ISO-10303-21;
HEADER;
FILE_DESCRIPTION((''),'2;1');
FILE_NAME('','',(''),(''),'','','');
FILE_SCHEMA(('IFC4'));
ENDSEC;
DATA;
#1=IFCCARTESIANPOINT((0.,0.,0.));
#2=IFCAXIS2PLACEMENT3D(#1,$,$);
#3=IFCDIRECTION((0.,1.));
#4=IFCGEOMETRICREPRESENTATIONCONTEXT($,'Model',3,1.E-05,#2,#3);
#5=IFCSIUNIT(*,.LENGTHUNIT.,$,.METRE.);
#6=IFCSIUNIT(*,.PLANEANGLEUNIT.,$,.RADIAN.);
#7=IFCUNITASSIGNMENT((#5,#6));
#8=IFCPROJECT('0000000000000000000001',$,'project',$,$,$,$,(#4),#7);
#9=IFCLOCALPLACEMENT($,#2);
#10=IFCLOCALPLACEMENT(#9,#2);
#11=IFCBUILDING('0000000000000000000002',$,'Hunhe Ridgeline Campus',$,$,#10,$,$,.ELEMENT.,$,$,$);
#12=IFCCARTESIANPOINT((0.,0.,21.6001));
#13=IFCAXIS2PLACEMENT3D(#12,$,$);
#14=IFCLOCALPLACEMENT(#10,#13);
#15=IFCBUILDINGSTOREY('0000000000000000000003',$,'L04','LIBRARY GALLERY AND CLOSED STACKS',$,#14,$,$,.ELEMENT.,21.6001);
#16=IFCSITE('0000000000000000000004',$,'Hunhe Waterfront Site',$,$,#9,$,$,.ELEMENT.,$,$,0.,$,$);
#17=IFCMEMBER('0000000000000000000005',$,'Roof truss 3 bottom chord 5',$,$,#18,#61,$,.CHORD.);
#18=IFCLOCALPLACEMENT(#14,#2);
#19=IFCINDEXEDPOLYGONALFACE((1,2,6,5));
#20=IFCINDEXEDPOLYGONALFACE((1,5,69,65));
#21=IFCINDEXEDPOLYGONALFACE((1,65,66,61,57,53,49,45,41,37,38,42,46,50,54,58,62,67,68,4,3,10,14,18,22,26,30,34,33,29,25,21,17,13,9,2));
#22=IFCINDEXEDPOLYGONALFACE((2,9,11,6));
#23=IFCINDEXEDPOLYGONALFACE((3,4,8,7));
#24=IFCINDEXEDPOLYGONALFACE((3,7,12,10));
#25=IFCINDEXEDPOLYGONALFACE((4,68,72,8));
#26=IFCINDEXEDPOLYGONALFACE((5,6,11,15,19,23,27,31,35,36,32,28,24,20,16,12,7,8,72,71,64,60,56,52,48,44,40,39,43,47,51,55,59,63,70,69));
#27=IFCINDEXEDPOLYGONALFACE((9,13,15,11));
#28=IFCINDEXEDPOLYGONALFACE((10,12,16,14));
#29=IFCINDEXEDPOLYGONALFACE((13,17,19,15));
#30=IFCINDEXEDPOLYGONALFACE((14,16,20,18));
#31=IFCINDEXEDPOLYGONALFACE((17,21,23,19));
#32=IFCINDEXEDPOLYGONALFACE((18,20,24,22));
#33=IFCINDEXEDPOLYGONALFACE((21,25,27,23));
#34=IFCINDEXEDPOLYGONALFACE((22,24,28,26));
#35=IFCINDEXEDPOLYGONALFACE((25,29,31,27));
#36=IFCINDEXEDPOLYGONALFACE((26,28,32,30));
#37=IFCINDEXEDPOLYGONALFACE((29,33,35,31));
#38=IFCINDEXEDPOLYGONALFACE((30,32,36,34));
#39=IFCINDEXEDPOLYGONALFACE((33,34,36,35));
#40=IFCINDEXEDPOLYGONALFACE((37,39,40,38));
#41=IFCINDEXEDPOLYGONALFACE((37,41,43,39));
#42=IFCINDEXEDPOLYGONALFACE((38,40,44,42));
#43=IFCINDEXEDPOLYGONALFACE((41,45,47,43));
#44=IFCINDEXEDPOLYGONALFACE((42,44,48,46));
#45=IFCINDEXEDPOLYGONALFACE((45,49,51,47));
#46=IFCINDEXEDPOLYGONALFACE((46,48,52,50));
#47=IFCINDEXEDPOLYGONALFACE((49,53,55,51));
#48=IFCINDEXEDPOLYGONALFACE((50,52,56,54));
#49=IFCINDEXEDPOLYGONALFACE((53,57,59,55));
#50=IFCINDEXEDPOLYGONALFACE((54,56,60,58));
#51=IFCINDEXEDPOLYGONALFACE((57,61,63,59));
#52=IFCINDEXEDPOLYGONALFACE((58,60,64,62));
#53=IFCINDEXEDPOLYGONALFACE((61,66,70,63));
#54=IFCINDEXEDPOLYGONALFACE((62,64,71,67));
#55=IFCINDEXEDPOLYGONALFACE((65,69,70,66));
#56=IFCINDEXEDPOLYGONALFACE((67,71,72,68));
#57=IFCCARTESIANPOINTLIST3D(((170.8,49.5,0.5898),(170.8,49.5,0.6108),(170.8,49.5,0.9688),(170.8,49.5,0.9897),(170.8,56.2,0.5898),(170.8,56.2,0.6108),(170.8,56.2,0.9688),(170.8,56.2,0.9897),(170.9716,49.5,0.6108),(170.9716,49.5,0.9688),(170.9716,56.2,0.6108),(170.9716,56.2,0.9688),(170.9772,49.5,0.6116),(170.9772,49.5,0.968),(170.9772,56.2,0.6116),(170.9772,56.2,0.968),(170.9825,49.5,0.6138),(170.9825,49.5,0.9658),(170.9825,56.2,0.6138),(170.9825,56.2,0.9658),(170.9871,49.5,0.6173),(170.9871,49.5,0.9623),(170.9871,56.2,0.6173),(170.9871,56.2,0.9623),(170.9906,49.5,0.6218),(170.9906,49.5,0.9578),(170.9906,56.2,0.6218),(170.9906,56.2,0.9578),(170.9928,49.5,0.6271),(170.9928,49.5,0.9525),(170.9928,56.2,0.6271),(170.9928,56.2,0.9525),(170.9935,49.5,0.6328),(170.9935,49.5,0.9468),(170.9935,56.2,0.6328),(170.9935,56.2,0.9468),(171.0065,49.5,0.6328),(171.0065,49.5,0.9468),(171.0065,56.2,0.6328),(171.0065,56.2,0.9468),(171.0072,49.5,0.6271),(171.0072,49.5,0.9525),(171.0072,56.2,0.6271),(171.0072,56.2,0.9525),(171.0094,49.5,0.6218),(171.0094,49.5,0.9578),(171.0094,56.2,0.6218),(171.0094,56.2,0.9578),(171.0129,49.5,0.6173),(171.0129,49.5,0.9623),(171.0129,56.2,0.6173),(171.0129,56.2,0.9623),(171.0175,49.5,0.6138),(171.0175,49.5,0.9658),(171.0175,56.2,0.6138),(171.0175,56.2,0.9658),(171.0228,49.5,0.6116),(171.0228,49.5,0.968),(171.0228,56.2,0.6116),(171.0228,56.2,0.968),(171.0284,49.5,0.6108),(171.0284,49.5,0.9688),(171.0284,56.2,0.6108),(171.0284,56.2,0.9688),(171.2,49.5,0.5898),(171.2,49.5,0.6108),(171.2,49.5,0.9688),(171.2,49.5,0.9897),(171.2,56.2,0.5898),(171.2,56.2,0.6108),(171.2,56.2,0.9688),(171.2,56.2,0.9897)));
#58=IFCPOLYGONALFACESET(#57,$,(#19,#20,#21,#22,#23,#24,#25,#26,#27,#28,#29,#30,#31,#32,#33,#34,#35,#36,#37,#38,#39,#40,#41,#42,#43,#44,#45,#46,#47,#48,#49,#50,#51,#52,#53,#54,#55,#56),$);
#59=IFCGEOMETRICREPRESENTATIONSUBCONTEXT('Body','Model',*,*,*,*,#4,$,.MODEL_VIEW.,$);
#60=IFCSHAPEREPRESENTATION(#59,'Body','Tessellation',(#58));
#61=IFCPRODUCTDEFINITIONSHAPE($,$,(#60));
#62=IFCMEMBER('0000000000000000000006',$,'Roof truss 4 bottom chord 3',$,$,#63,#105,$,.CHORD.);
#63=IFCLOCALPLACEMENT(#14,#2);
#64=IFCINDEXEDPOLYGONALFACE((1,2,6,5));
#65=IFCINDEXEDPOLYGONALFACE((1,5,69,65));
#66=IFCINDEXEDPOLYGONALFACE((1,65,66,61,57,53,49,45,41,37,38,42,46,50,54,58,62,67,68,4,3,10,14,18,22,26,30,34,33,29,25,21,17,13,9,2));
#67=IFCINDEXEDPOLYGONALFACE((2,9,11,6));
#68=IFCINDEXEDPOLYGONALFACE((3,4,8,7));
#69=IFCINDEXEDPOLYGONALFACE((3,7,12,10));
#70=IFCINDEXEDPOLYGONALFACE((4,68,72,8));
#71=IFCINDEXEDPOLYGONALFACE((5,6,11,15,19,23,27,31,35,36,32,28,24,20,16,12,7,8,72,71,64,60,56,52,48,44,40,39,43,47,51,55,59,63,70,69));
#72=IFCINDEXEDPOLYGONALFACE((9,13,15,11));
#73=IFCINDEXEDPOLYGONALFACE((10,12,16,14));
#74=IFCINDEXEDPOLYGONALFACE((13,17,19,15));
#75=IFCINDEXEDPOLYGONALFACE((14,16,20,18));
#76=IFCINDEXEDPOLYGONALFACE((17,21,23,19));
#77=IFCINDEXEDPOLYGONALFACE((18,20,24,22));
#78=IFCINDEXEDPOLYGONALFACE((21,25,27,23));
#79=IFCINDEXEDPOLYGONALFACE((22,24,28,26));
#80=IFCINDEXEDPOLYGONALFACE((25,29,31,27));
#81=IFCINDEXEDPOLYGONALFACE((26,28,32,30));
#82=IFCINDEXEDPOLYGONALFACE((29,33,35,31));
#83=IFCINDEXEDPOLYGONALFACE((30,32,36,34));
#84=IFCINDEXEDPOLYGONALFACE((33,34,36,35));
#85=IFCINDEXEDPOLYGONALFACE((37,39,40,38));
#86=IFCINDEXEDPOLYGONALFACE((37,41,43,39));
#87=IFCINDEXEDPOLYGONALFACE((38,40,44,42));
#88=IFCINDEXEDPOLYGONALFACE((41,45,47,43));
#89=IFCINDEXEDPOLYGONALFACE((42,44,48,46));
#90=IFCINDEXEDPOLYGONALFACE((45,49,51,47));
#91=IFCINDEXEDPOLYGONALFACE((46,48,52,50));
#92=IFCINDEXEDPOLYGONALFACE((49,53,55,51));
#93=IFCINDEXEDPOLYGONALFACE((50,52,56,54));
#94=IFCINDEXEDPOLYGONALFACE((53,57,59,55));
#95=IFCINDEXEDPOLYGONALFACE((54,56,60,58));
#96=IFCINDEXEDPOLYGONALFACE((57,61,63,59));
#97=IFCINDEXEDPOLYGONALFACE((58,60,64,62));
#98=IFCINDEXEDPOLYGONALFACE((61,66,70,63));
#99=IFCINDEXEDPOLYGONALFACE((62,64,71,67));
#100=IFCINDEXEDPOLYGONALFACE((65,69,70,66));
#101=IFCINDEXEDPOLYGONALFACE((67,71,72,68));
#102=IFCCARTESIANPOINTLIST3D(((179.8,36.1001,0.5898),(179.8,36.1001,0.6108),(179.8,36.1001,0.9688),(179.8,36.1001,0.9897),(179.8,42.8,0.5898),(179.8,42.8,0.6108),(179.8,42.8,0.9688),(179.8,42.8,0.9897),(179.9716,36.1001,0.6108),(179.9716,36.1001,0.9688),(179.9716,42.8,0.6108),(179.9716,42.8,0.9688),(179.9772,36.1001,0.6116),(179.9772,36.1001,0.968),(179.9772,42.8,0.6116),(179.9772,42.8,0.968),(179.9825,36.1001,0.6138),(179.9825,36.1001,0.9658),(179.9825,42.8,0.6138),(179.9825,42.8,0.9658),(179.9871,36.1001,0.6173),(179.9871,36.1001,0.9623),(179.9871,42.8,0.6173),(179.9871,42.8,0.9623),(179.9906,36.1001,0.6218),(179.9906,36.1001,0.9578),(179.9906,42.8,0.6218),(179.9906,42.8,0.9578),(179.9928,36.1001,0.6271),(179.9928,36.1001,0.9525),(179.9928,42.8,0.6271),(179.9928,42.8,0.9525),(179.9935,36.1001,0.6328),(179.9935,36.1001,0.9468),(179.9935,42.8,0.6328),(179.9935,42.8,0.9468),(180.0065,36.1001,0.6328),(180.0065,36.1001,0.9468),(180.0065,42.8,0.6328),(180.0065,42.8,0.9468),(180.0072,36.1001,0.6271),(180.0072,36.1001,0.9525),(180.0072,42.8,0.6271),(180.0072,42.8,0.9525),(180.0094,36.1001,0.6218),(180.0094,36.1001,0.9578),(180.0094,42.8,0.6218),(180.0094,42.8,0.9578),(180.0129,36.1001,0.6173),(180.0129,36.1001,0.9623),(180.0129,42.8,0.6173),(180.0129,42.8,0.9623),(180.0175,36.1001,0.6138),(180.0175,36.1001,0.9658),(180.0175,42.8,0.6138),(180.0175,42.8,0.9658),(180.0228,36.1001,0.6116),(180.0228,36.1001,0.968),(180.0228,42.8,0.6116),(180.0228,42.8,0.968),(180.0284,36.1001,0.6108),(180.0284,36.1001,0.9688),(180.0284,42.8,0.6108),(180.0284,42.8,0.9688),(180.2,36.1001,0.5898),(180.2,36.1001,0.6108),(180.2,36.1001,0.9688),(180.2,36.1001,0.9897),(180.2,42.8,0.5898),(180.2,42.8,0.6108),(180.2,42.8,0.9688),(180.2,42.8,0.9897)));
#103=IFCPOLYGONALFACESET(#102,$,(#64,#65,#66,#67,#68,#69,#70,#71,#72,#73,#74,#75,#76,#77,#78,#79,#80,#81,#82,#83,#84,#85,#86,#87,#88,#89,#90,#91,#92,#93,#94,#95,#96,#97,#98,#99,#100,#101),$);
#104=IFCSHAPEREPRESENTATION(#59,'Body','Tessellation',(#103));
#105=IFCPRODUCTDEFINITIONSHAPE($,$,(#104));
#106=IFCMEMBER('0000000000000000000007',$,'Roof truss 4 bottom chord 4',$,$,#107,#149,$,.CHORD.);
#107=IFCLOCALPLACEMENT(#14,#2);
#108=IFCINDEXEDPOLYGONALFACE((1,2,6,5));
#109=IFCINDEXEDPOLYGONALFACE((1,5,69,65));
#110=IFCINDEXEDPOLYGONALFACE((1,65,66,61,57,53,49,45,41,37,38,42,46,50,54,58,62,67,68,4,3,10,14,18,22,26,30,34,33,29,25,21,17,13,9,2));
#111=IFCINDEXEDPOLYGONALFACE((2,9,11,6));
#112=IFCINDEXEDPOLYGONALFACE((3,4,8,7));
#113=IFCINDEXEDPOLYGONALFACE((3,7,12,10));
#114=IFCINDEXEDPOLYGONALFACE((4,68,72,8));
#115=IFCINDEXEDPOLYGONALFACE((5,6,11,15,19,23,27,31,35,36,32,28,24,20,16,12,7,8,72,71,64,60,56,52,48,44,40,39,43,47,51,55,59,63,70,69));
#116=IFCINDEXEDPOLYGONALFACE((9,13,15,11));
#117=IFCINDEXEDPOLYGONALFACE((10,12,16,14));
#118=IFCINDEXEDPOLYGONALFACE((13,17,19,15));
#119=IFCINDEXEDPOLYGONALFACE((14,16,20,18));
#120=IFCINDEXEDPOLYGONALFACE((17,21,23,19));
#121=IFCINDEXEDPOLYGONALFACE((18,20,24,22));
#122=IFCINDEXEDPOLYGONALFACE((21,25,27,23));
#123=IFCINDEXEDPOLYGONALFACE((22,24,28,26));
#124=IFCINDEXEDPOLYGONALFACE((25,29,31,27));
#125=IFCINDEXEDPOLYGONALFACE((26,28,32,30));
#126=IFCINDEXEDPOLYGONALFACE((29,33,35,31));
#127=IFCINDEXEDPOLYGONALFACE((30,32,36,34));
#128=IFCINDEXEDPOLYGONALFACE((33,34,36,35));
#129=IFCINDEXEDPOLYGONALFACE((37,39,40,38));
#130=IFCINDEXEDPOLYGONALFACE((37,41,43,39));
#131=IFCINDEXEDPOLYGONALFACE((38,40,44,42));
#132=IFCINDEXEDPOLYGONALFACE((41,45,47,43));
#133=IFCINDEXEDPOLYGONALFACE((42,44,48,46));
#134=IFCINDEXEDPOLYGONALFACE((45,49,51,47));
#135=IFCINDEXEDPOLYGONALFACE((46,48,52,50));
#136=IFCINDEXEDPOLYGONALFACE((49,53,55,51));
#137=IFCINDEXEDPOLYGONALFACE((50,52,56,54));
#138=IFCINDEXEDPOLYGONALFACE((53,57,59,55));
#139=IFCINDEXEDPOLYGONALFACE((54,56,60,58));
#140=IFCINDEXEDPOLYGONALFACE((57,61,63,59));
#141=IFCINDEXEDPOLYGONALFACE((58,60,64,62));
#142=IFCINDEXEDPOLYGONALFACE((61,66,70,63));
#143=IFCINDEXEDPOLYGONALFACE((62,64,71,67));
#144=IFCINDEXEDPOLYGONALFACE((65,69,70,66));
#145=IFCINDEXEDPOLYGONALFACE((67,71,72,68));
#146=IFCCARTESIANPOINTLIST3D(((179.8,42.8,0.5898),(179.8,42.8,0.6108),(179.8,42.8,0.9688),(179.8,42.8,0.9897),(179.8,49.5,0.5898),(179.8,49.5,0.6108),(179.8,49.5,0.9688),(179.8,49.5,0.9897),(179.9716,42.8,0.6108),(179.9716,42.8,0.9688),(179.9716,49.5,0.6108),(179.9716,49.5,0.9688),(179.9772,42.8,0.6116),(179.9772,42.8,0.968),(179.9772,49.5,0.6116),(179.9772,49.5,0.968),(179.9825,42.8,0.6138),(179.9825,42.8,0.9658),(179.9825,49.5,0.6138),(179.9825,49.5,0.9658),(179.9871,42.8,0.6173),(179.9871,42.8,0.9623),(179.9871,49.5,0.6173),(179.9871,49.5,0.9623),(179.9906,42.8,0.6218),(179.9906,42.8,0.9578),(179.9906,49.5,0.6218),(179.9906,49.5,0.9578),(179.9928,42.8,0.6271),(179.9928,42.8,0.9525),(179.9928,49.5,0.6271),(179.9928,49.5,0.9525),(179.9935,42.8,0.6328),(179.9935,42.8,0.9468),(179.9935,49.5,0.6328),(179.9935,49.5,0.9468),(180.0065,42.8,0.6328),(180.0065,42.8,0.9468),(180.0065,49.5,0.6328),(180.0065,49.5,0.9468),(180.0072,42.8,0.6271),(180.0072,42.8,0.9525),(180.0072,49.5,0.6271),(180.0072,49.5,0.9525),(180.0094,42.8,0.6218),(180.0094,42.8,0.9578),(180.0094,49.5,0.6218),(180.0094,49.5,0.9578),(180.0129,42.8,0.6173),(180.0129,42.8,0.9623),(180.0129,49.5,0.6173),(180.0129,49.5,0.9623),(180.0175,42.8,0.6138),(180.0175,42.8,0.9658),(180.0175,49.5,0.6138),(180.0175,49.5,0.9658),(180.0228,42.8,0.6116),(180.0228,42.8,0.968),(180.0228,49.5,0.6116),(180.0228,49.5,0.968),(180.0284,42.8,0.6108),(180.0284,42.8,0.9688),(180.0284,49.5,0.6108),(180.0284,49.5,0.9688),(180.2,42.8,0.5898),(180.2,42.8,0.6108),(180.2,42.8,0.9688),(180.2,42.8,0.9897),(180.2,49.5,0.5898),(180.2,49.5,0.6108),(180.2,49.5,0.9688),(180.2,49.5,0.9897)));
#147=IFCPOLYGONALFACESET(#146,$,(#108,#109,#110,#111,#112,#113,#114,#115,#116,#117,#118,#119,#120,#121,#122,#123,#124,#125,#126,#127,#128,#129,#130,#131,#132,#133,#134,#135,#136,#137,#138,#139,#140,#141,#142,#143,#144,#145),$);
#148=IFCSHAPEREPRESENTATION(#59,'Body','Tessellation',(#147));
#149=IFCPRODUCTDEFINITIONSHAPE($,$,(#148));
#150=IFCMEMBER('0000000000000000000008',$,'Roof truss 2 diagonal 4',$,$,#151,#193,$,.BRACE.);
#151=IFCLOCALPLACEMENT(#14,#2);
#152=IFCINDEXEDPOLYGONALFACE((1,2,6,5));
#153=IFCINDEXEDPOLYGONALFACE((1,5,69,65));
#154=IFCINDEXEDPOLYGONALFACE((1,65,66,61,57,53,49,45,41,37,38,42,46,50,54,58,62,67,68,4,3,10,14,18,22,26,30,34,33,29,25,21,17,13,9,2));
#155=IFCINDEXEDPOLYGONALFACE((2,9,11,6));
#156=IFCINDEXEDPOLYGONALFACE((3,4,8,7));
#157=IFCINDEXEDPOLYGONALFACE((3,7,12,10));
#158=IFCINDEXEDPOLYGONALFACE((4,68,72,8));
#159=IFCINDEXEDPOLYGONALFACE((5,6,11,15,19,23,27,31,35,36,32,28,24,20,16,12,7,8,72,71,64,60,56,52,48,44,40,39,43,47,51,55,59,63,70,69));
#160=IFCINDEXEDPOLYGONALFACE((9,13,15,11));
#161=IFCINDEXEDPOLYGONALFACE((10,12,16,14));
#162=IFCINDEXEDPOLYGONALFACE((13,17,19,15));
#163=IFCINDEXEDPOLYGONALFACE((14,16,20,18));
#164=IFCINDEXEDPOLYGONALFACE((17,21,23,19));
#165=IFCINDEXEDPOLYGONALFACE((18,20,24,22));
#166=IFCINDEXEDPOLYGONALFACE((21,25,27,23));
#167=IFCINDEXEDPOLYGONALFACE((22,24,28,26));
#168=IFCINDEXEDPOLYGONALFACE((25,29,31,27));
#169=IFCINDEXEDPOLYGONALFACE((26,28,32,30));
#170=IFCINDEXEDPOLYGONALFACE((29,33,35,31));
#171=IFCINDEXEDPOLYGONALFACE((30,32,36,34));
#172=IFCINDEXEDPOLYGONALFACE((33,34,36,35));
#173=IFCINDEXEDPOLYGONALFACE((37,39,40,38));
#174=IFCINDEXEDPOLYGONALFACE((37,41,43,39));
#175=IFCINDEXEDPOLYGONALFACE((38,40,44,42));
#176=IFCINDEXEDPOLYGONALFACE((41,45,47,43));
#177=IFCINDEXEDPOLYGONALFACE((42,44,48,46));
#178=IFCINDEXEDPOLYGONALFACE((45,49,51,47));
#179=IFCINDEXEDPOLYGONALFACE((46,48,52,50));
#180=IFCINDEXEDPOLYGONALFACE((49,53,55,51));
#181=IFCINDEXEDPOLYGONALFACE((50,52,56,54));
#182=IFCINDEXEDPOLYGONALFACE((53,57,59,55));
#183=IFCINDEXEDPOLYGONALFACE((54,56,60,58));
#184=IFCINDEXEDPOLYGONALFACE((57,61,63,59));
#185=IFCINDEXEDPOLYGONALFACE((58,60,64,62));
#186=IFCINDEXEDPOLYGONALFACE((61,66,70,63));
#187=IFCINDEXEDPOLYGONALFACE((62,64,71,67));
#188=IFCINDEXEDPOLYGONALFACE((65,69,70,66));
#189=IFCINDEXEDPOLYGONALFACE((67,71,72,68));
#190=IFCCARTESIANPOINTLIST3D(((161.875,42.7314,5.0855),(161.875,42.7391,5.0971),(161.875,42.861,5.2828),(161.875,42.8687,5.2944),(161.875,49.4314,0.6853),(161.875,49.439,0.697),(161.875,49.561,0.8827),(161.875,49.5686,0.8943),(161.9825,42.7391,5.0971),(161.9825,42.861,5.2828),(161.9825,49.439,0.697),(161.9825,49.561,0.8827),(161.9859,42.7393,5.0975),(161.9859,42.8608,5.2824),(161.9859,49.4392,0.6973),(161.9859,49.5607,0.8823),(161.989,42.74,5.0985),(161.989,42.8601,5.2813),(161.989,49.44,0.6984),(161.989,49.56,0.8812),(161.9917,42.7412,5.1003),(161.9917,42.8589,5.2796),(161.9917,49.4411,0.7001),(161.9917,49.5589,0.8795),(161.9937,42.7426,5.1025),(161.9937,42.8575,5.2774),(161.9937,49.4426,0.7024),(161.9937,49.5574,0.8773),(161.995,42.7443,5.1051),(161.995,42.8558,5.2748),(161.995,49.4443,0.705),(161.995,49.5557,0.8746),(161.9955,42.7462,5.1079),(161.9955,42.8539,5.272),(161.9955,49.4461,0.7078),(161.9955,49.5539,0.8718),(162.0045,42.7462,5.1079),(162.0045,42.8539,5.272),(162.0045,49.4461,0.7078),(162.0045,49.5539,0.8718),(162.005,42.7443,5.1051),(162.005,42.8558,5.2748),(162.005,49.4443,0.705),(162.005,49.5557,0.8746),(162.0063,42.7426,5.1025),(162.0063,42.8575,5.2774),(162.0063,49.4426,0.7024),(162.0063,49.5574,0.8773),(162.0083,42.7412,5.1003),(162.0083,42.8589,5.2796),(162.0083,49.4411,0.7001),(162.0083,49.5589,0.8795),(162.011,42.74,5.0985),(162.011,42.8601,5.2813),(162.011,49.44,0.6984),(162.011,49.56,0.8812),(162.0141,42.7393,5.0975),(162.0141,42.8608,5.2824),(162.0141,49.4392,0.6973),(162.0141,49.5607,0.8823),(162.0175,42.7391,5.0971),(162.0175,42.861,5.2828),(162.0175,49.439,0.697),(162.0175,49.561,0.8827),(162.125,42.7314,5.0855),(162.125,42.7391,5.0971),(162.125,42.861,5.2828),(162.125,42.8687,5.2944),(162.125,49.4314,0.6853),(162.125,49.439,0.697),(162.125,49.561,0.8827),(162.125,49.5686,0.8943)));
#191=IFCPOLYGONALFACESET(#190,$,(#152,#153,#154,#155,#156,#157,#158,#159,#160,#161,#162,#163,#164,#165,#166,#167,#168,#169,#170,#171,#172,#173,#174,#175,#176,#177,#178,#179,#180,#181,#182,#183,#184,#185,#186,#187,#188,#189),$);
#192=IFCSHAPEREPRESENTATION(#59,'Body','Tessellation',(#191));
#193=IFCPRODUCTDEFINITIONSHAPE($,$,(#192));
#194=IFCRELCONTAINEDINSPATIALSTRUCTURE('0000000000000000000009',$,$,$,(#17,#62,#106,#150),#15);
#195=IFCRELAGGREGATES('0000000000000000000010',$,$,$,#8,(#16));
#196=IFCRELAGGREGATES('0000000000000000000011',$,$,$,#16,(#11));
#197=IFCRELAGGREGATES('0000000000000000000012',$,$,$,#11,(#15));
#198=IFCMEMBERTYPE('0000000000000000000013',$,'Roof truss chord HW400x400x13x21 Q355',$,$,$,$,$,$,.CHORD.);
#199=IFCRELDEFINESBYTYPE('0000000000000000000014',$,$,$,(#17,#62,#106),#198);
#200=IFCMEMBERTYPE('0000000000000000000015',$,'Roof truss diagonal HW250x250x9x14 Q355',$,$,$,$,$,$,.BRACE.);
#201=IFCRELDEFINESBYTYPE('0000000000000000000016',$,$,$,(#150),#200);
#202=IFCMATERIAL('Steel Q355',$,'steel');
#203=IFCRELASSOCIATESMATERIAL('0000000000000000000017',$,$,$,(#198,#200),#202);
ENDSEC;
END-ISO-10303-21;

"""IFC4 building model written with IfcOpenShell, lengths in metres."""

from ifc_helpers import new_model, si_unit, direction, frame, origin, origin_2d, place, context, subcontext, project, spatial, i_section, extrude, material, material_profile, profile_set, type_object, element, save


model = new_model("IFC4")

# Units and contexts
model_context = context("Model", 3, precision=1e-05, world=origin(), true_north=direction((0.0, 1.0)))
body_context = subcontext(model_context, "Body", "Model", "MODEL_VIEW")
ifc_project = project(units=[si_unit("LENGTHUNIT", "METRE"), si_unit("PLANEANGLEUNIT", "RADIAN")], contexts=[model_context])

# Site, building, storey
site_placement = place(None, origin())
site = spatial("IfcSite", under=ifc_project, at=site_placement, Name="Hunhe Waterfront Site", CompositionType="ELEMENT", RefElevation=0.0)
building_placement = place(site_placement, origin())
building = spatial("IfcBuilding", under=site, at=building_placement, Name="Hunhe Ridgeline Campus", CompositionType="ELEMENT")
storey_placement = place(building_placement, frame((0.0, 0.0, 21.6001)))
storey = spatial("IfcBuildingStorey", under=building, at=storey_placement, Name="L04", Description="LIBRARY GALLERY AND CLOSED STACKS", CompositionType="ELEMENT", Elevation=21.6001)

# Members
ifc_material = material(Name="Steel Q355", Category="steel")
ifc_material_profile_1 = material_profile(ifc_material, i_section(OverallWidth=0.3999, OverallDepth=0.3999, WebThickness=0.0129, FlangeThickness=0.021, FilletRadius=0.022, at=origin_2d()))
ifc_profile_set_1 = profile_set([ifc_material_profile_1], Name="Steel Q355")
member_type_1 = type_object("IfcMemberType", Name="Roof truss chord HW400x400x13x21 Q355", PredefinedType="CHORD", material=ifc_profile_set_1)
for number, where, z_axis, x_axis, name in (
    (1, (171.0, 49.5, 0.7898), (0.0, 1.0, 0.0), (-1.0, 0.0, 0.0), "Roof truss 3 bottom chord 5"),
    (2, (180.0, 36.1001, 0.7898), (0.0, 1.0, 0.0), (-1.0, 0.0, 0.0), "Roof truss 4 bottom chord 3"),
    (3, (180.0, 42.8, 0.7898), (0.0, 1.0, 0.0), (-1.0, 0.0, 0.0), "Roof truss 4 bottom chord 4"),
):
    element("IfcMember", number, at=place(storey_placement, frame(where, z_axis=z_axis, x_axis=x_axis)), inside=storey, type_object=member_type_1, Name=name, PredefinedType="CHORD", context=body_context, shape_type="SweptSolid", body=[
        extrude(i_section(OverallWidth=0.3999, OverallDepth=0.3999, WebThickness=0.0129, FlangeThickness=0.021, FilletRadius=0.022, at=origin_2d()), origin(), (0.0, 0.0, 1.0), 6.7),
    ])
ifc_material_profile_2 = material_profile(ifc_material, i_section(OverallWidth=0.25, OverallDepth=0.25, WebThickness=0.009, FlangeThickness=0.0139, FilletRadius=0.0129, at=origin_2d()))
ifc_profile_set_2 = profile_set([ifc_material_profile_2], Name="Steel Q355")
member_type_2 = type_object("IfcMemberType", Name="Roof truss diagonal HW250x250x9x14 Q355", PredefinedType="BRACE", material=ifc_profile_set_2)
for number, where, z_axis, x_axis, name in (
    (4, (162.0, 42.8, 5.1899), (0.0, 0.835859, -0.548944), (-1.0, 0.0, 0.0), "Roof truss 2 diagonal 4"),
):
    element("IfcMember", number, at=place(storey_placement, frame(where, z_axis=z_axis, x_axis=x_axis)), inside=storey, type_object=member_type_2, Name=name, PredefinedType="BRACE", context=body_context, shape_type="SweptSolid", body=[
        extrude(i_section(OverallWidth=0.25, OverallDepth=0.25, WebThickness=0.009, FlangeThickness=0.0139, FilletRadius=0.0129, at=origin_2d()), origin(), (0.0, 0.0, 1.0), 8.0156),
    ])

save(model, "model.ifc")
